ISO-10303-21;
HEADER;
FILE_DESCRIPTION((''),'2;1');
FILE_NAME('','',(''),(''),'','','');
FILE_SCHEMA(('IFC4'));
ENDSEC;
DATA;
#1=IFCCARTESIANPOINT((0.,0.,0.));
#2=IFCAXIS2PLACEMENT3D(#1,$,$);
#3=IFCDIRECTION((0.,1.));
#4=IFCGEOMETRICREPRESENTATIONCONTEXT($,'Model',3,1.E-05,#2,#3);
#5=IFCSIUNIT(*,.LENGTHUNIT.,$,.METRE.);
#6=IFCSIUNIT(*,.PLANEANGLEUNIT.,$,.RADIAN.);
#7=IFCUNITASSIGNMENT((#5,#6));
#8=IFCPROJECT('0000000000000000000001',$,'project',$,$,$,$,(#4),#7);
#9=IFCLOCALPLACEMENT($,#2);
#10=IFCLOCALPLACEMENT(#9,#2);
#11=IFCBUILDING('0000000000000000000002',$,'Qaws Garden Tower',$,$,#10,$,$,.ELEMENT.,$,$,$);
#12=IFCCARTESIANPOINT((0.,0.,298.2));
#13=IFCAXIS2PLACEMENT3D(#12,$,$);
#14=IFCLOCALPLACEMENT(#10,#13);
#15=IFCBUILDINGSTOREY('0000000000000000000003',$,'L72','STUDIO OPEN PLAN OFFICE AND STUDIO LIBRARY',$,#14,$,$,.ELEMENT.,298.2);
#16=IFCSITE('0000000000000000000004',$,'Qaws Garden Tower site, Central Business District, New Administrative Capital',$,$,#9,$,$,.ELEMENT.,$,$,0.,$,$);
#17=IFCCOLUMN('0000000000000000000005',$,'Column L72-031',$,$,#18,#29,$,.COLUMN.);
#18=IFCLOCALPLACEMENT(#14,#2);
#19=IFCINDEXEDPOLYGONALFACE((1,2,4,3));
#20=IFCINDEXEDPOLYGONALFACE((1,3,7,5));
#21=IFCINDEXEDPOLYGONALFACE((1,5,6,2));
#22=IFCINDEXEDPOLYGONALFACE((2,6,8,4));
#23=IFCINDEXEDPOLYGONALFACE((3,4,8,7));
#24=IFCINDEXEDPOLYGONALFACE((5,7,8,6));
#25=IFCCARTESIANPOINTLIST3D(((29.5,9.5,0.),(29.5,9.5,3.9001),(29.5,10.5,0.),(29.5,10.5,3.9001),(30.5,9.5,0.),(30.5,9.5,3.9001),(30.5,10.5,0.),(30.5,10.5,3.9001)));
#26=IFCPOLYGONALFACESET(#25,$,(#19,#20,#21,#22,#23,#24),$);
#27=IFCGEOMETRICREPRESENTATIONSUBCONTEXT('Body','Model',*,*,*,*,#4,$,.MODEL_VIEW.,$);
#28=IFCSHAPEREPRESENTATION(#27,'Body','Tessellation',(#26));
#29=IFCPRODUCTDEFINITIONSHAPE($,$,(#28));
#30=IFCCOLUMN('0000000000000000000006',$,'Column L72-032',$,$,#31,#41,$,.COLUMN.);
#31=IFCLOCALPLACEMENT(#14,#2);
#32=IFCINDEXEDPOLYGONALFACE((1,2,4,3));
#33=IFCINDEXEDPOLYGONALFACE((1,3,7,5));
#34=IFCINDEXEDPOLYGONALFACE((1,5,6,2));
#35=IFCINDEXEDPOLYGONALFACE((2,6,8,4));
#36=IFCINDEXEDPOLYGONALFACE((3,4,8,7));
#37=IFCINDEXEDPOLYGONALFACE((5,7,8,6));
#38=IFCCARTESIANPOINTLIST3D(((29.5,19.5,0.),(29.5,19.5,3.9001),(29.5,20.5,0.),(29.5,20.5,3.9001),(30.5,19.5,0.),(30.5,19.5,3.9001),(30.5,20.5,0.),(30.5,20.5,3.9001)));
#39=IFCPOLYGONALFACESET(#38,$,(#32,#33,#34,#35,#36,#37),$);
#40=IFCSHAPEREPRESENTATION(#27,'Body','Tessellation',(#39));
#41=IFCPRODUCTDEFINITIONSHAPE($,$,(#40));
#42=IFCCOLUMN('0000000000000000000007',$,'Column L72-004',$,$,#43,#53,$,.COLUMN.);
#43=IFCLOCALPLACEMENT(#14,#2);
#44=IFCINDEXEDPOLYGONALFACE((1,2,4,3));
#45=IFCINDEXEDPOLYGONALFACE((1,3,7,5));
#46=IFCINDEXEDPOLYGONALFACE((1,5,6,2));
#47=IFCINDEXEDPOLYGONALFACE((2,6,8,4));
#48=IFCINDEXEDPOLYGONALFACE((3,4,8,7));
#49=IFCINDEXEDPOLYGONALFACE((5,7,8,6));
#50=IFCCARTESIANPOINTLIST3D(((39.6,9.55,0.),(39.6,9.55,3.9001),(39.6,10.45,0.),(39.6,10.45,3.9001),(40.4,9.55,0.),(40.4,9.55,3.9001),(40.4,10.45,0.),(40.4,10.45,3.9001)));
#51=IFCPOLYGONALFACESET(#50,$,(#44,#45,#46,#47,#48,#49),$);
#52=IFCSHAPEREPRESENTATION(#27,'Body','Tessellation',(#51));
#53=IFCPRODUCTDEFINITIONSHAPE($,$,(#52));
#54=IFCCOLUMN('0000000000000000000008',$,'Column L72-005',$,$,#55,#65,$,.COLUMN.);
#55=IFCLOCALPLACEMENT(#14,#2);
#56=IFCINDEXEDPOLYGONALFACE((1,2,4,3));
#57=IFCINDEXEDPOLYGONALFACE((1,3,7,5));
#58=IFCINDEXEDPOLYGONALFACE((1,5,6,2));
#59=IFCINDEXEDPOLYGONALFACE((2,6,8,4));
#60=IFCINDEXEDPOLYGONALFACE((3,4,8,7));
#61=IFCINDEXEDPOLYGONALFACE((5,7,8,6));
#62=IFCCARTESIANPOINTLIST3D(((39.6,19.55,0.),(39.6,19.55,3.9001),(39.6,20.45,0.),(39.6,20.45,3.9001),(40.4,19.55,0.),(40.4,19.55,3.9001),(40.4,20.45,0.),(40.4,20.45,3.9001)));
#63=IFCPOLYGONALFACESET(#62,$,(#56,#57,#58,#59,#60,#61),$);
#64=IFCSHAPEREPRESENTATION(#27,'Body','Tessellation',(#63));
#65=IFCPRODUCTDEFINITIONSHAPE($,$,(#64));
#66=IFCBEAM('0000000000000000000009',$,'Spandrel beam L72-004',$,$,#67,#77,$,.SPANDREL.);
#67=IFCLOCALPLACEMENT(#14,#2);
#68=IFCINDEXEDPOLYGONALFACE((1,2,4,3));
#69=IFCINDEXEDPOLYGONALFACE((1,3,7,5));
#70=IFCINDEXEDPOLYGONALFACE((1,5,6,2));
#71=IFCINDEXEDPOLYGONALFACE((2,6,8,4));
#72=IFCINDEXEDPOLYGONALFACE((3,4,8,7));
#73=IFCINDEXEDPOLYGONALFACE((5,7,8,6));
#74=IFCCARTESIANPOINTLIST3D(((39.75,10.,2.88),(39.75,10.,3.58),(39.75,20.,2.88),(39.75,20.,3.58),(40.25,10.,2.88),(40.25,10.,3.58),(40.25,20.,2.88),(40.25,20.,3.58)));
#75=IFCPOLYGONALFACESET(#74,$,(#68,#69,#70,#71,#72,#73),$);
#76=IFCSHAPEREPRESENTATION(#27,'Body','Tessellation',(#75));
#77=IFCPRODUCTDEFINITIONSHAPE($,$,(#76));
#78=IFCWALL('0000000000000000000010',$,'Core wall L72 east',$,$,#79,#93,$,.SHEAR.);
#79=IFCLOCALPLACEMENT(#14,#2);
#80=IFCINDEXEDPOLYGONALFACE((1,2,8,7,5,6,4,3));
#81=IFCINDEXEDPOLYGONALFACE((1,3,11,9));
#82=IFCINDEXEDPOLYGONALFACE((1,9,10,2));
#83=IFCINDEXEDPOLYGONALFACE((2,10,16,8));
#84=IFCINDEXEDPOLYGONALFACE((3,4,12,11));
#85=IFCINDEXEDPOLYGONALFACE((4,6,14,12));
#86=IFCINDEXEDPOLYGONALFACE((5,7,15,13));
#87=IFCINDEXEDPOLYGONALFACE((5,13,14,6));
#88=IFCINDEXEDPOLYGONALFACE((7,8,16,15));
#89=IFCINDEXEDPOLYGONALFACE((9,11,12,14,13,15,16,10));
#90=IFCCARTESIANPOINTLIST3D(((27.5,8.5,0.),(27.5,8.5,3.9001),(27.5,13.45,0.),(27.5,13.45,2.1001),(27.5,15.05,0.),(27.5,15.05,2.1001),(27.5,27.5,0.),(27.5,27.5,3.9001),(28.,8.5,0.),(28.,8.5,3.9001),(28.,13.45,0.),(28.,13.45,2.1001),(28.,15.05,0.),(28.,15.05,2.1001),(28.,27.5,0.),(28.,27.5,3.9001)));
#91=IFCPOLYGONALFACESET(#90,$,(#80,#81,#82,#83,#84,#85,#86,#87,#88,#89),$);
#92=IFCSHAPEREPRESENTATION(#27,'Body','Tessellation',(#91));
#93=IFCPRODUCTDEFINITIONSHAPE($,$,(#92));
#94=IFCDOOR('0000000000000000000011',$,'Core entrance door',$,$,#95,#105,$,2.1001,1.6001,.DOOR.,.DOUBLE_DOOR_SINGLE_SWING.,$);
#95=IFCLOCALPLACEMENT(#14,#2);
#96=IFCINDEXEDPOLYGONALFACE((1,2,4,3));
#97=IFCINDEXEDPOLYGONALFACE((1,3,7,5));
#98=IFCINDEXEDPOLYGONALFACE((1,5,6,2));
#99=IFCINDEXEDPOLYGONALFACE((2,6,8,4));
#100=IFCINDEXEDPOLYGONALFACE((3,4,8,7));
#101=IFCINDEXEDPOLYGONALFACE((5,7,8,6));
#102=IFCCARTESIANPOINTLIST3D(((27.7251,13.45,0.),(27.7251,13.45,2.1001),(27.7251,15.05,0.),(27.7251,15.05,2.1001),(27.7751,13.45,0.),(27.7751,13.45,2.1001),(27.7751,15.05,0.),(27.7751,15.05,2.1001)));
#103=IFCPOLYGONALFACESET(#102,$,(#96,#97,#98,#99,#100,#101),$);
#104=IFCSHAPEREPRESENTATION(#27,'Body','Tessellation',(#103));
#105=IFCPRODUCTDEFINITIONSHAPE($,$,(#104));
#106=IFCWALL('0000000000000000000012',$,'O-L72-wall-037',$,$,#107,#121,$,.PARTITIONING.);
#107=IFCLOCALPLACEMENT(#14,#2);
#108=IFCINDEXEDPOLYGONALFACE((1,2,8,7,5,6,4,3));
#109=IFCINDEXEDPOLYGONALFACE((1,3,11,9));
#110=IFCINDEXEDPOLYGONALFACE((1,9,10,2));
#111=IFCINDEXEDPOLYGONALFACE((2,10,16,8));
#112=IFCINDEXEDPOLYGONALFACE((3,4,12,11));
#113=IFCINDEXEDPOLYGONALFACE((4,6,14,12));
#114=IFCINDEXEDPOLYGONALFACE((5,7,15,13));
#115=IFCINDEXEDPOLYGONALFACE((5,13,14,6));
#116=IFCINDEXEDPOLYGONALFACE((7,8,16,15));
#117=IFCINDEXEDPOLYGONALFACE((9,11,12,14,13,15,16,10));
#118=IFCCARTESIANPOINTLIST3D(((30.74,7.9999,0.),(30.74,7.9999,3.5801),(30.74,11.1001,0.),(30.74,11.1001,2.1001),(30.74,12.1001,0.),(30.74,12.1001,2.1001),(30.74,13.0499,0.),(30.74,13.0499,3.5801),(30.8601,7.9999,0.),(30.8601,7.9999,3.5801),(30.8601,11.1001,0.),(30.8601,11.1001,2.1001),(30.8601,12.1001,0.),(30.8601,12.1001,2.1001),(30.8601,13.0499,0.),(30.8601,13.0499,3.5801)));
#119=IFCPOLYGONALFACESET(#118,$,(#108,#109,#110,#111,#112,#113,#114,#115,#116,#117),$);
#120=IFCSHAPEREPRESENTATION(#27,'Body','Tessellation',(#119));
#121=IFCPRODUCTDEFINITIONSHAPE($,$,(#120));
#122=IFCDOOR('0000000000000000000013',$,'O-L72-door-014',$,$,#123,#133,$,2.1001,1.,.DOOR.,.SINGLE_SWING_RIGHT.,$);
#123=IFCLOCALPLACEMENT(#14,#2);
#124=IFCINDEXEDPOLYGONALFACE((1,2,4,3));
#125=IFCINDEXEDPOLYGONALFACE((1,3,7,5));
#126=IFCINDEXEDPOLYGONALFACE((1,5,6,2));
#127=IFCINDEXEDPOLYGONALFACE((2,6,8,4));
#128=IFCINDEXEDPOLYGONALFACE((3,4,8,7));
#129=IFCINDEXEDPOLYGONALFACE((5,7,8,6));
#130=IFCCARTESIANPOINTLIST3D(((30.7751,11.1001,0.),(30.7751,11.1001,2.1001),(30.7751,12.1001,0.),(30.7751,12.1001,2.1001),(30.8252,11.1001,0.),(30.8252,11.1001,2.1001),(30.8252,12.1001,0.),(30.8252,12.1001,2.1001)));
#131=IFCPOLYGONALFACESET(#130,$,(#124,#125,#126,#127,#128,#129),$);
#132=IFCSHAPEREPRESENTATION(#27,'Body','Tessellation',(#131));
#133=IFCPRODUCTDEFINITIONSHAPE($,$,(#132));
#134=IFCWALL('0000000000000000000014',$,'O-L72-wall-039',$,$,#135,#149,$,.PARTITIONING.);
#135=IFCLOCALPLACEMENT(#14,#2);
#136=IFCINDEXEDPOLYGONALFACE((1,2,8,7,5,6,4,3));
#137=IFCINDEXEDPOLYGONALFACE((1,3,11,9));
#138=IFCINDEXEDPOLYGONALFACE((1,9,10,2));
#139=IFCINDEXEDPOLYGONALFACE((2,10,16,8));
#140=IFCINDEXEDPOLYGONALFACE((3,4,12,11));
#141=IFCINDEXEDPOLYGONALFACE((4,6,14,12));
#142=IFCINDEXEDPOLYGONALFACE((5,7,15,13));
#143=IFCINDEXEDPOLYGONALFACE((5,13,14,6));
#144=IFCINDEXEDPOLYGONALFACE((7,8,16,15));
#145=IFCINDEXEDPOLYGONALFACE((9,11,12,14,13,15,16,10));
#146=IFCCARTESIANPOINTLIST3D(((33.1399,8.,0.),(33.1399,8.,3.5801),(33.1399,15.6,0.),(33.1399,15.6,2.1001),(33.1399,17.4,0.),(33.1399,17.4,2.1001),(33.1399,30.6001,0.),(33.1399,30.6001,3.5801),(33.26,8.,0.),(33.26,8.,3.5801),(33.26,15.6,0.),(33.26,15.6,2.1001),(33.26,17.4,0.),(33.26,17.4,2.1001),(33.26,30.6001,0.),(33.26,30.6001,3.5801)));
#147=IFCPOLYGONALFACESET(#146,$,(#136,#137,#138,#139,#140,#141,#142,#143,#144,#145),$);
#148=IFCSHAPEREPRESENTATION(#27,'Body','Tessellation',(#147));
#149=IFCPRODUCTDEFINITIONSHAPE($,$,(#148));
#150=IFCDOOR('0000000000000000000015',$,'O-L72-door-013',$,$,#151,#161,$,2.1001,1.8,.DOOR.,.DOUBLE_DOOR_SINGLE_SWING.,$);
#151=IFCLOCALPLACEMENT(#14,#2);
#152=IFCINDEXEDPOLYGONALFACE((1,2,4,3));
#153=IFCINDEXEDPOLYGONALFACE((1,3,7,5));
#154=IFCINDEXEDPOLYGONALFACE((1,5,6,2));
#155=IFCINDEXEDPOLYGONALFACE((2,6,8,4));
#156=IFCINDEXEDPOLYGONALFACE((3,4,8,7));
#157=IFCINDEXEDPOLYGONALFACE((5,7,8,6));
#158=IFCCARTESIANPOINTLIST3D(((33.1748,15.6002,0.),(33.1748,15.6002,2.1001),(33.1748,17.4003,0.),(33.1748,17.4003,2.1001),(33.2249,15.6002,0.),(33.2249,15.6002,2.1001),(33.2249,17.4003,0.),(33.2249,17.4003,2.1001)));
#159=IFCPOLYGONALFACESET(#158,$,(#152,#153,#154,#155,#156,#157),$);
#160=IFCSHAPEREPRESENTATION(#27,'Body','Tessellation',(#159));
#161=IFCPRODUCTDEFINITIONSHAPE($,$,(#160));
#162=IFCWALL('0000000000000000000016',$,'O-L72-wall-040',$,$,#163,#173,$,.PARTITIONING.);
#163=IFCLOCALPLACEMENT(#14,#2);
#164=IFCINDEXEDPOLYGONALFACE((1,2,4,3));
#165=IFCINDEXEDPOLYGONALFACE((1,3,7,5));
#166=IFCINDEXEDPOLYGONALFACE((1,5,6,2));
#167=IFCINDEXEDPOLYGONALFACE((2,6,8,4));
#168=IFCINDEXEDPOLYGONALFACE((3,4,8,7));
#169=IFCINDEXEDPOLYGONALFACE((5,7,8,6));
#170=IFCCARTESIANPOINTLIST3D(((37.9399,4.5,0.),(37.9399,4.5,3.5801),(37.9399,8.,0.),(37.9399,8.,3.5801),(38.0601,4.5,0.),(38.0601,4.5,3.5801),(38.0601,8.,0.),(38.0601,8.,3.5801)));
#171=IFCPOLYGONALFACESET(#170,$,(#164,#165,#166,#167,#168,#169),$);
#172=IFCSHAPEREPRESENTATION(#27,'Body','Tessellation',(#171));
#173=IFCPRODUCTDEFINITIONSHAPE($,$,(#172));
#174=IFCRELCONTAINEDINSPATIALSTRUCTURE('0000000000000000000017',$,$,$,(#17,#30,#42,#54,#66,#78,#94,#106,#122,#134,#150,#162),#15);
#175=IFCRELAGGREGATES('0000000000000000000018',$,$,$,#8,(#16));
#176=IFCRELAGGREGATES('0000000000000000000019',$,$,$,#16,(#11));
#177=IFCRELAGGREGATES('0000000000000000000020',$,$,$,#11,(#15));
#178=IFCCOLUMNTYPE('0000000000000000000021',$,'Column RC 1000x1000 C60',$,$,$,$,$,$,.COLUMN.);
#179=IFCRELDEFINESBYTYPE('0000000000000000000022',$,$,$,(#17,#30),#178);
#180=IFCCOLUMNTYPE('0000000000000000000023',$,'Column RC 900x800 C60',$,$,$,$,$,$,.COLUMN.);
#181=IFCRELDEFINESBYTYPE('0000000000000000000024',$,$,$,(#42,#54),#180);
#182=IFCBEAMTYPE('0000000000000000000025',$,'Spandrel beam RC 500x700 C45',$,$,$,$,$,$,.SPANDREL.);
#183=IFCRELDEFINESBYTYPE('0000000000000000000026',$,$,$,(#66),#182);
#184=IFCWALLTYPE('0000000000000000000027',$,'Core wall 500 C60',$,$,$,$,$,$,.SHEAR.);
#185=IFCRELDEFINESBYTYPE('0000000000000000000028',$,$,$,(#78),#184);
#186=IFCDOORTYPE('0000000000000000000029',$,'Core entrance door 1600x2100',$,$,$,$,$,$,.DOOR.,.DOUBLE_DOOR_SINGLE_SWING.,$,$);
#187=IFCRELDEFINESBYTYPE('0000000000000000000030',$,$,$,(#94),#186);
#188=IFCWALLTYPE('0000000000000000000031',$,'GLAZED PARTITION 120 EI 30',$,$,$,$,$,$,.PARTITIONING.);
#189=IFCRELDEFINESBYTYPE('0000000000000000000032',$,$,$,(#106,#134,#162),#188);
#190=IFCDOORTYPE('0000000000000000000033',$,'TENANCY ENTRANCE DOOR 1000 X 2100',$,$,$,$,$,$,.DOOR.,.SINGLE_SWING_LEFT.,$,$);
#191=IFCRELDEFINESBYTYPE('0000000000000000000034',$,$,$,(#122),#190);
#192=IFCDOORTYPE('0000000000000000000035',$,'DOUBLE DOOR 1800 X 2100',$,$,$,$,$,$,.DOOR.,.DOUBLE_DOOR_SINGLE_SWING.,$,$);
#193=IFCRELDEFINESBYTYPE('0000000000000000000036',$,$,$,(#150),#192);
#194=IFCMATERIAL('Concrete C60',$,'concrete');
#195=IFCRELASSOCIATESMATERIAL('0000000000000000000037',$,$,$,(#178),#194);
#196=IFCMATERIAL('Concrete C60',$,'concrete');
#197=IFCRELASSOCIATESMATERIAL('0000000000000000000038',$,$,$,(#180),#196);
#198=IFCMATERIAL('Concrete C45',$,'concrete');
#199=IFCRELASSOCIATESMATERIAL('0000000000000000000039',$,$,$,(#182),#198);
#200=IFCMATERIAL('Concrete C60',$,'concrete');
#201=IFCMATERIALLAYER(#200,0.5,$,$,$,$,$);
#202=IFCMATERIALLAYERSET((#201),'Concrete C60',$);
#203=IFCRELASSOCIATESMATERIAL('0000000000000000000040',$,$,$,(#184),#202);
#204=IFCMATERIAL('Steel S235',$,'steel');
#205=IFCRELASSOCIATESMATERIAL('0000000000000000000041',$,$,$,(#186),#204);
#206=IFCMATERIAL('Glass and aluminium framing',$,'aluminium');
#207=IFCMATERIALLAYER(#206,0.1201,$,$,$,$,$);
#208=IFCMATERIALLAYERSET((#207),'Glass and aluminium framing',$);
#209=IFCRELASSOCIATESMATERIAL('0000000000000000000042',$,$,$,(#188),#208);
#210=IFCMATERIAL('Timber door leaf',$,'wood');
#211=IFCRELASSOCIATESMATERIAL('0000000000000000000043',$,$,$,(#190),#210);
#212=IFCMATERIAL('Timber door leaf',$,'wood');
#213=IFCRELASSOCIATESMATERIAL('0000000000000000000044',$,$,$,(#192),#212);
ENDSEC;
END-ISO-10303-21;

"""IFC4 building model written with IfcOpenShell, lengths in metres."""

from ifc_helpers import new_model, si_unit, direction, frame, frame_2d, origin, origin_2d, place, context, subcontext, project, spatial, rectangle, extrude, material, layer, layer_set, material_profile, profile_set, type_object, element, fill, save


model = new_model("IFC4")

# Units and contexts
model_context = context("Model", 3, precision=1e-05, world=origin(), true_north=direction((0.0, 1.0)))
body_context = subcontext(model_context, "Body", "Model", "MODEL_VIEW")
ifc_project = project(units=[si_unit("LENGTHUNIT", "METRE"), si_unit("PLANEANGLEUNIT", "RADIAN")], contexts=[model_context])

# Site, building, storey
site_placement = place(None, origin())
site = spatial("IfcSite", under=ifc_project, at=site_placement, Name="Qaws Garden Tower site, Central Business District, New Administrative Capital", CompositionType="ELEMENT", RefElevation=0.0)
building_placement = place(site_placement, origin())
building = spatial("IfcBuilding", under=site, at=building_placement, Name="Qaws Garden Tower", CompositionType="ELEMENT")
storey_placement = place(building_placement, frame((0.0, 0.0, 298.2)))
storey = spatial("IfcBuildingStorey", under=building, at=storey_placement, Name="L72", Description="STUDIO OPEN PLAN OFFICE AND STUDIO LIBRARY", CompositionType="ELEMENT", Elevation=298.2)

# Columns
ifc_material_1 = material(Name="Concrete C60", Category="concrete")
ifc_material_profile_1 = material_profile(ifc_material_1, rectangle(XDim=1.0, YDim=1.0, at=origin_2d()), Name="RC 1000x1000")
ifc_profile_set_1 = profile_set([ifc_material_profile_1], Name="Concrete C60")
column_type_1 = type_object("IfcColumnType", Name="Column RC 1000x1000 C60", PredefinedType="COLUMN", material=ifc_profile_set_1)
for number, where, z_axis, x_axis, name in (
    (1, (30.0, 10.0, 0.0), (0.0, 0.0, 1.0), (1.0, 0.0, 0.0), "Column L72-031"),
    (2, (30.0, 20.0, 0.0), (0.0, 0.0, 1.0), (1.0, 0.0, 0.0), "Column L72-032"),
):
    element("IfcColumn", number, at=place(storey_placement, frame(where, z_axis=z_axis, x_axis=x_axis)), inside=storey, type_object=column_type_1, Name=name, PredefinedType="COLUMN", context=body_context, shape_type="SweptSolid", body=[
        extrude(rectangle(XDim=1.0, YDim=1.0, at=origin_2d()), origin(), (0.0, 0.0, 1.0), 3.9001),
    ])
ifc_material_2 = material(Name="Concrete C60", Category="concrete")
ifc_material_profile_2 = material_profile(ifc_material_2, rectangle(XDim=0.8999, YDim=0.8, at=origin_2d()), Name="RC 900x800")
ifc_profile_set_2 = profile_set([ifc_material_profile_2], Name="Concrete C60")
column_type_2 = type_object("IfcColumnType", Name="Column RC 900x800 C60", PredefinedType="COLUMN", material=ifc_profile_set_2)
for number, where, z_axis, x_axis, name in (
    (3, (40.0, 10.0, 0.0), (0.0, 0.0, 1.0), (0.0, 1.0, 0.0), "Column L72-004"),
    (4, (40.0, 20.0, 0.0), (0.0, 0.0, 1.0), (0.0, 1.0, 0.0), "Column L72-005"),
):
    element("IfcColumn", number, at=place(storey_placement, frame(where, z_axis=z_axis, x_axis=x_axis)), inside=storey, type_object=column_type_2, Name=name, PredefinedType="COLUMN", context=body_context, shape_type="SweptSolid", body=[
        extrude(rectangle(XDim=0.8999, YDim=0.8, at=origin_2d()), origin(), (0.0, 0.0, 1.0), 3.9001),
    ])

# Beam
ifc_material_3 = material(Name="Concrete C45", Category="concrete")
ifc_material_profile_3 = material_profile(ifc_material_3, rectangle(XDim=0.5, YDim=0.7, at=origin_2d()), Name="RC 500x700")
ifc_profile_set_3 = profile_set([ifc_material_profile_3], Name="Concrete C45")
beam_type = type_object("IfcBeamType", Name="Spandrel beam RC 500x700 C45", PredefinedType="SPANDREL", material=ifc_profile_set_3)
beam_placement = place(storey_placement, frame((40.0, 10.0, 3.23), z_axis=(0.0, 1.0, 0.0), x_axis=(-1.0, 0.0, 0.0)))
element("IfcBeam", 5, at=beam_placement, inside=storey, type_object=beam_type, Name="Spandrel beam L72-004", PredefinedType="SPANDREL", context=body_context, shape_type="SweptSolid", body=[
    extrude(rectangle(XDim=0.5, YDim=0.7, at=origin_2d()), origin(), (0.0, 0.0, 1.0), 10.0),
])

# Walls, openings, doors
ifc_material_4 = material(Name="Concrete C60", Category="concrete")
ifc_layer_1 = layer(ifc_material_4, 0.5)
ifc_layer_set_1 = layer_set([ifc_layer_1], Name="Concrete C60")
wall_type_1 = type_object("IfcWallType", Name="Core wall 500 C60", PredefinedType="SHEAR", material=ifc_layer_set_1)
wall_1_placement = place(storey_placement, frame((27.75, 8.5, 0.0), z_axis=(0.0, 0.0, 1.0), x_axis=(0.0, 1.0, 0.0)))
wall_1 = element("IfcWall", 6, at=wall_1_placement, inside=storey, type_object=wall_type_1, Name="Core wall L72 east", PredefinedType="SHEAR", context=body_context, shape_type="SweptSolid", body=[
    extrude(rectangle(XDim=19.0, YDim=0.5, at=frame_2d((9.5, 0.0))), origin(), (0.0, 0.0, 1.0), 3.9001),
])
opening_1_placement = place(wall_1_placement, frame((4.95, 0.0, 0.0)))
opening_1 = element("IfcOpeningElement", 7, at=opening_1_placement, cuts=wall_1, PredefinedType="OPENING", context=body_context, shape_type="SweptSolid", body=[
    extrude(rectangle(XDim=1.6001, YDim=2.1001, at=frame_2d((0.8, 1.05))), frame((0.0, 0.26, 0.0), z_axis=(0.0, -1.0, 0.0), x_axis=(1.0, 0.0, 0.0)), (0.0, 0.0, 1.0), 0.52),
])
ifc_material_5 = material(Name="Steel S235", Category="steel")
door_type_1 = type_object("IfcDoorType", Name="Core entrance door 1600x2100", OperationType="DOUBLE_DOOR_SINGLE_SWING", PredefinedType="DOOR", material=ifc_material_5)
door_1_placement = place(opening_1_placement, origin())
door_1 = element("IfcDoor", 8, at=door_1_placement, inside=storey, type_object=door_type_1, Name="Core entrance door", OperationType="DOUBLE_DOOR_SINGLE_SWING", OverallHeight=2.1001, OverallWidth=1.6001, PredefinedType="DOOR", context=body_context, shape_type="SweptSolid", body=[
    extrude(rectangle(XDim=1.6001, YDim=2.1001, at=frame_2d((0.8, 1.05))), frame((0.0, 0.0249, 0.0), z_axis=(0.0, -1.0, 0.0), x_axis=(1.0, 0.0, 0.0)), (0.0, 0.0, 1.0), 0.05),
])
fill(opening_1, door_1)
ifc_material_6 = material(Name="Glass and aluminium framing", Category="aluminium")
ifc_layer_2 = layer(ifc_material_6, 0.1201)
ifc_layer_set_2 = layer_set([ifc_layer_2], Name="Glass and aluminium framing")
wall_type_2 = type_object("IfcWallType", Name="GLAZED PARTITION 120 EI 30", PredefinedType="PARTITIONING", material=ifc_layer_set_2)
wall_2_placement = place(storey_placement, frame((30.8, 8.0, 0.0), z_axis=(0.0, 0.0, 1.0), x_axis=(0.0, 1.0, 0.0)))
wall_2 = element("IfcWall", 9, at=wall_2_placement, inside=storey, type_object=wall_type_2, Name="O-L72-wall-037", PredefinedType="PARTITIONING", context=body_context, shape_type="SweptSolid", body=[
    extrude(rectangle(XDim=5.05, YDim=0.1201, at=frame_2d((2.5249, 0.0))), origin(), (0.0, 0.0, 1.0), 3.5801),
])
opening_2_placement = place(wall_2_placement, frame((3.1001, 0.0, 0.0)))
opening_2 = element("IfcOpeningElement", 10, at=opening_2_placement, cuts=wall_2, PredefinedType="OPENING", context=body_context, shape_type="SweptSolid", body=[
    extrude(rectangle(XDim=1.0, YDim=2.1001, at=frame_2d((0.5, 1.05))), frame((0.0, 0.0701, 0.0), z_axis=(0.0, -1.0, 0.0), x_axis=(1.0, 0.0, 0.0)), (0.0, 0.0, 1.0), 0.1401),
])
ifc_material_7 = material(Name="Timber door leaf", Category="wood")
door_type_2 = type_object("IfcDoorType", Name="TENANCY ENTRANCE DOOR 1000 X 2100", OperationType="SINGLE_SWING_LEFT", PredefinedType="DOOR", material=ifc_material_7)
door_2_placement = place(opening_2_placement, origin())
door_2 = element("IfcDoor", 11, at=door_2_placement, inside=storey, type_object=door_type_2, Name="O-L72-door-014", OperationType="SINGLE_SWING_RIGHT", OverallHeight=2.1001, OverallWidth=1.0, PredefinedType="DOOR", context=body_context, shape_type="SweptSolid", body=[
    extrude(rectangle(XDim=1.0, YDim=2.1001, at=frame_2d((0.5, 1.05))), frame((0.0, 0.0249, 0.0), z_axis=(0.0, -1.0, 0.0), x_axis=(1.0, 0.0, 0.0)), (0.0, 0.0, 1.0), 0.05),
])
fill(opening_2, door_2)
wall_3_placement = place(storey_placement, frame((33.2, 8.0, 0.0), z_axis=(0.0, 0.0, 1.0), x_axis=(0.0, 1.0, 0.0)))
wall_3 = element("IfcWall", 12, at=wall_3_placement, inside=storey, type_object=wall_type_2, Name="O-L72-wall-039", PredefinedType="PARTITIONING", context=body_context, shape_type="SweptSolid", body=[
    extrude(rectangle(XDim=22.6001, YDim=0.1201, at=frame_2d((11.3, 0.0))), origin(), (0.0, 0.0, 1.0), 3.5801),
])
opening_3_placement = place(wall_3_placement, frame((7.6001, 0.0, 0.0)))
opening_3 = element("IfcOpeningElement", 13, at=opening_3_placement, cuts=wall_3, PredefinedType="OPENING", context=body_context, shape_type="SweptSolid", body=[
    extrude(rectangle(XDim=1.8, YDim=2.1001, at=frame_2d((0.8999, 1.05))), frame((0.0, 0.0701, 0.0), z_axis=(0.0, -1.0, 0.0), x_axis=(1.0, 0.0, 0.0)), (0.0, 0.0, 1.0), 0.1401),
])
ifc_material_8 = material(Name="Timber door leaf", Category="wood")
door_type_3 = type_object("IfcDoorType", Name="DOUBLE DOOR 1800 X 2100", OperationType="DOUBLE_DOOR_SINGLE_SWING", PredefinedType="DOOR", material=ifc_material_8)
door_3_placement = place(opening_3_placement, frame((1.8, 0.0, 0.0), z_axis=(0.0, 0.0, 1.0), x_axis=(-1.0, 0.0, 0.0)))
door_3 = element("IfcDoor", 14, at=door_3_placement, inside=storey, type_object=door_type_3, Name="O-L72-door-013", OperationType="DOUBLE_DOOR_SINGLE_SWING", OverallHeight=2.1001, OverallWidth=1.8, PredefinedType="DOOR", context=body_context, shape_type="SweptSolid", body=[
    extrude(rectangle(XDim=1.8, YDim=2.1001, at=frame_2d((0.8999, 1.05))), frame((0.0, 0.0249, 0.0), z_axis=(0.0, -1.0, 0.0), x_axis=(1.0, 0.0, 0.0)), (0.0, 0.0, 1.0), 0.05),
])
fill(opening_3, door_3)

# Wall
wall_4_placement = place(storey_placement, frame((38.0, 4.5, 0.0), z_axis=(0.0, 0.0, 1.0), x_axis=(0.0, 1.0, 0.0)))
element("IfcWall", 15, at=wall_4_placement, inside=storey, type_object=wall_type_2, Name="O-L72-wall-040", PredefinedType="PARTITIONING", context=body_context, shape_type="SweptSolid", body=[
    extrude(rectangle(XDim=3.5, YDim=0.1201, at=frame_2d((1.75, 0.0))), origin(), (0.0, 0.0, 1.0), 3.5801),
])

save(model, "model.ifc")
